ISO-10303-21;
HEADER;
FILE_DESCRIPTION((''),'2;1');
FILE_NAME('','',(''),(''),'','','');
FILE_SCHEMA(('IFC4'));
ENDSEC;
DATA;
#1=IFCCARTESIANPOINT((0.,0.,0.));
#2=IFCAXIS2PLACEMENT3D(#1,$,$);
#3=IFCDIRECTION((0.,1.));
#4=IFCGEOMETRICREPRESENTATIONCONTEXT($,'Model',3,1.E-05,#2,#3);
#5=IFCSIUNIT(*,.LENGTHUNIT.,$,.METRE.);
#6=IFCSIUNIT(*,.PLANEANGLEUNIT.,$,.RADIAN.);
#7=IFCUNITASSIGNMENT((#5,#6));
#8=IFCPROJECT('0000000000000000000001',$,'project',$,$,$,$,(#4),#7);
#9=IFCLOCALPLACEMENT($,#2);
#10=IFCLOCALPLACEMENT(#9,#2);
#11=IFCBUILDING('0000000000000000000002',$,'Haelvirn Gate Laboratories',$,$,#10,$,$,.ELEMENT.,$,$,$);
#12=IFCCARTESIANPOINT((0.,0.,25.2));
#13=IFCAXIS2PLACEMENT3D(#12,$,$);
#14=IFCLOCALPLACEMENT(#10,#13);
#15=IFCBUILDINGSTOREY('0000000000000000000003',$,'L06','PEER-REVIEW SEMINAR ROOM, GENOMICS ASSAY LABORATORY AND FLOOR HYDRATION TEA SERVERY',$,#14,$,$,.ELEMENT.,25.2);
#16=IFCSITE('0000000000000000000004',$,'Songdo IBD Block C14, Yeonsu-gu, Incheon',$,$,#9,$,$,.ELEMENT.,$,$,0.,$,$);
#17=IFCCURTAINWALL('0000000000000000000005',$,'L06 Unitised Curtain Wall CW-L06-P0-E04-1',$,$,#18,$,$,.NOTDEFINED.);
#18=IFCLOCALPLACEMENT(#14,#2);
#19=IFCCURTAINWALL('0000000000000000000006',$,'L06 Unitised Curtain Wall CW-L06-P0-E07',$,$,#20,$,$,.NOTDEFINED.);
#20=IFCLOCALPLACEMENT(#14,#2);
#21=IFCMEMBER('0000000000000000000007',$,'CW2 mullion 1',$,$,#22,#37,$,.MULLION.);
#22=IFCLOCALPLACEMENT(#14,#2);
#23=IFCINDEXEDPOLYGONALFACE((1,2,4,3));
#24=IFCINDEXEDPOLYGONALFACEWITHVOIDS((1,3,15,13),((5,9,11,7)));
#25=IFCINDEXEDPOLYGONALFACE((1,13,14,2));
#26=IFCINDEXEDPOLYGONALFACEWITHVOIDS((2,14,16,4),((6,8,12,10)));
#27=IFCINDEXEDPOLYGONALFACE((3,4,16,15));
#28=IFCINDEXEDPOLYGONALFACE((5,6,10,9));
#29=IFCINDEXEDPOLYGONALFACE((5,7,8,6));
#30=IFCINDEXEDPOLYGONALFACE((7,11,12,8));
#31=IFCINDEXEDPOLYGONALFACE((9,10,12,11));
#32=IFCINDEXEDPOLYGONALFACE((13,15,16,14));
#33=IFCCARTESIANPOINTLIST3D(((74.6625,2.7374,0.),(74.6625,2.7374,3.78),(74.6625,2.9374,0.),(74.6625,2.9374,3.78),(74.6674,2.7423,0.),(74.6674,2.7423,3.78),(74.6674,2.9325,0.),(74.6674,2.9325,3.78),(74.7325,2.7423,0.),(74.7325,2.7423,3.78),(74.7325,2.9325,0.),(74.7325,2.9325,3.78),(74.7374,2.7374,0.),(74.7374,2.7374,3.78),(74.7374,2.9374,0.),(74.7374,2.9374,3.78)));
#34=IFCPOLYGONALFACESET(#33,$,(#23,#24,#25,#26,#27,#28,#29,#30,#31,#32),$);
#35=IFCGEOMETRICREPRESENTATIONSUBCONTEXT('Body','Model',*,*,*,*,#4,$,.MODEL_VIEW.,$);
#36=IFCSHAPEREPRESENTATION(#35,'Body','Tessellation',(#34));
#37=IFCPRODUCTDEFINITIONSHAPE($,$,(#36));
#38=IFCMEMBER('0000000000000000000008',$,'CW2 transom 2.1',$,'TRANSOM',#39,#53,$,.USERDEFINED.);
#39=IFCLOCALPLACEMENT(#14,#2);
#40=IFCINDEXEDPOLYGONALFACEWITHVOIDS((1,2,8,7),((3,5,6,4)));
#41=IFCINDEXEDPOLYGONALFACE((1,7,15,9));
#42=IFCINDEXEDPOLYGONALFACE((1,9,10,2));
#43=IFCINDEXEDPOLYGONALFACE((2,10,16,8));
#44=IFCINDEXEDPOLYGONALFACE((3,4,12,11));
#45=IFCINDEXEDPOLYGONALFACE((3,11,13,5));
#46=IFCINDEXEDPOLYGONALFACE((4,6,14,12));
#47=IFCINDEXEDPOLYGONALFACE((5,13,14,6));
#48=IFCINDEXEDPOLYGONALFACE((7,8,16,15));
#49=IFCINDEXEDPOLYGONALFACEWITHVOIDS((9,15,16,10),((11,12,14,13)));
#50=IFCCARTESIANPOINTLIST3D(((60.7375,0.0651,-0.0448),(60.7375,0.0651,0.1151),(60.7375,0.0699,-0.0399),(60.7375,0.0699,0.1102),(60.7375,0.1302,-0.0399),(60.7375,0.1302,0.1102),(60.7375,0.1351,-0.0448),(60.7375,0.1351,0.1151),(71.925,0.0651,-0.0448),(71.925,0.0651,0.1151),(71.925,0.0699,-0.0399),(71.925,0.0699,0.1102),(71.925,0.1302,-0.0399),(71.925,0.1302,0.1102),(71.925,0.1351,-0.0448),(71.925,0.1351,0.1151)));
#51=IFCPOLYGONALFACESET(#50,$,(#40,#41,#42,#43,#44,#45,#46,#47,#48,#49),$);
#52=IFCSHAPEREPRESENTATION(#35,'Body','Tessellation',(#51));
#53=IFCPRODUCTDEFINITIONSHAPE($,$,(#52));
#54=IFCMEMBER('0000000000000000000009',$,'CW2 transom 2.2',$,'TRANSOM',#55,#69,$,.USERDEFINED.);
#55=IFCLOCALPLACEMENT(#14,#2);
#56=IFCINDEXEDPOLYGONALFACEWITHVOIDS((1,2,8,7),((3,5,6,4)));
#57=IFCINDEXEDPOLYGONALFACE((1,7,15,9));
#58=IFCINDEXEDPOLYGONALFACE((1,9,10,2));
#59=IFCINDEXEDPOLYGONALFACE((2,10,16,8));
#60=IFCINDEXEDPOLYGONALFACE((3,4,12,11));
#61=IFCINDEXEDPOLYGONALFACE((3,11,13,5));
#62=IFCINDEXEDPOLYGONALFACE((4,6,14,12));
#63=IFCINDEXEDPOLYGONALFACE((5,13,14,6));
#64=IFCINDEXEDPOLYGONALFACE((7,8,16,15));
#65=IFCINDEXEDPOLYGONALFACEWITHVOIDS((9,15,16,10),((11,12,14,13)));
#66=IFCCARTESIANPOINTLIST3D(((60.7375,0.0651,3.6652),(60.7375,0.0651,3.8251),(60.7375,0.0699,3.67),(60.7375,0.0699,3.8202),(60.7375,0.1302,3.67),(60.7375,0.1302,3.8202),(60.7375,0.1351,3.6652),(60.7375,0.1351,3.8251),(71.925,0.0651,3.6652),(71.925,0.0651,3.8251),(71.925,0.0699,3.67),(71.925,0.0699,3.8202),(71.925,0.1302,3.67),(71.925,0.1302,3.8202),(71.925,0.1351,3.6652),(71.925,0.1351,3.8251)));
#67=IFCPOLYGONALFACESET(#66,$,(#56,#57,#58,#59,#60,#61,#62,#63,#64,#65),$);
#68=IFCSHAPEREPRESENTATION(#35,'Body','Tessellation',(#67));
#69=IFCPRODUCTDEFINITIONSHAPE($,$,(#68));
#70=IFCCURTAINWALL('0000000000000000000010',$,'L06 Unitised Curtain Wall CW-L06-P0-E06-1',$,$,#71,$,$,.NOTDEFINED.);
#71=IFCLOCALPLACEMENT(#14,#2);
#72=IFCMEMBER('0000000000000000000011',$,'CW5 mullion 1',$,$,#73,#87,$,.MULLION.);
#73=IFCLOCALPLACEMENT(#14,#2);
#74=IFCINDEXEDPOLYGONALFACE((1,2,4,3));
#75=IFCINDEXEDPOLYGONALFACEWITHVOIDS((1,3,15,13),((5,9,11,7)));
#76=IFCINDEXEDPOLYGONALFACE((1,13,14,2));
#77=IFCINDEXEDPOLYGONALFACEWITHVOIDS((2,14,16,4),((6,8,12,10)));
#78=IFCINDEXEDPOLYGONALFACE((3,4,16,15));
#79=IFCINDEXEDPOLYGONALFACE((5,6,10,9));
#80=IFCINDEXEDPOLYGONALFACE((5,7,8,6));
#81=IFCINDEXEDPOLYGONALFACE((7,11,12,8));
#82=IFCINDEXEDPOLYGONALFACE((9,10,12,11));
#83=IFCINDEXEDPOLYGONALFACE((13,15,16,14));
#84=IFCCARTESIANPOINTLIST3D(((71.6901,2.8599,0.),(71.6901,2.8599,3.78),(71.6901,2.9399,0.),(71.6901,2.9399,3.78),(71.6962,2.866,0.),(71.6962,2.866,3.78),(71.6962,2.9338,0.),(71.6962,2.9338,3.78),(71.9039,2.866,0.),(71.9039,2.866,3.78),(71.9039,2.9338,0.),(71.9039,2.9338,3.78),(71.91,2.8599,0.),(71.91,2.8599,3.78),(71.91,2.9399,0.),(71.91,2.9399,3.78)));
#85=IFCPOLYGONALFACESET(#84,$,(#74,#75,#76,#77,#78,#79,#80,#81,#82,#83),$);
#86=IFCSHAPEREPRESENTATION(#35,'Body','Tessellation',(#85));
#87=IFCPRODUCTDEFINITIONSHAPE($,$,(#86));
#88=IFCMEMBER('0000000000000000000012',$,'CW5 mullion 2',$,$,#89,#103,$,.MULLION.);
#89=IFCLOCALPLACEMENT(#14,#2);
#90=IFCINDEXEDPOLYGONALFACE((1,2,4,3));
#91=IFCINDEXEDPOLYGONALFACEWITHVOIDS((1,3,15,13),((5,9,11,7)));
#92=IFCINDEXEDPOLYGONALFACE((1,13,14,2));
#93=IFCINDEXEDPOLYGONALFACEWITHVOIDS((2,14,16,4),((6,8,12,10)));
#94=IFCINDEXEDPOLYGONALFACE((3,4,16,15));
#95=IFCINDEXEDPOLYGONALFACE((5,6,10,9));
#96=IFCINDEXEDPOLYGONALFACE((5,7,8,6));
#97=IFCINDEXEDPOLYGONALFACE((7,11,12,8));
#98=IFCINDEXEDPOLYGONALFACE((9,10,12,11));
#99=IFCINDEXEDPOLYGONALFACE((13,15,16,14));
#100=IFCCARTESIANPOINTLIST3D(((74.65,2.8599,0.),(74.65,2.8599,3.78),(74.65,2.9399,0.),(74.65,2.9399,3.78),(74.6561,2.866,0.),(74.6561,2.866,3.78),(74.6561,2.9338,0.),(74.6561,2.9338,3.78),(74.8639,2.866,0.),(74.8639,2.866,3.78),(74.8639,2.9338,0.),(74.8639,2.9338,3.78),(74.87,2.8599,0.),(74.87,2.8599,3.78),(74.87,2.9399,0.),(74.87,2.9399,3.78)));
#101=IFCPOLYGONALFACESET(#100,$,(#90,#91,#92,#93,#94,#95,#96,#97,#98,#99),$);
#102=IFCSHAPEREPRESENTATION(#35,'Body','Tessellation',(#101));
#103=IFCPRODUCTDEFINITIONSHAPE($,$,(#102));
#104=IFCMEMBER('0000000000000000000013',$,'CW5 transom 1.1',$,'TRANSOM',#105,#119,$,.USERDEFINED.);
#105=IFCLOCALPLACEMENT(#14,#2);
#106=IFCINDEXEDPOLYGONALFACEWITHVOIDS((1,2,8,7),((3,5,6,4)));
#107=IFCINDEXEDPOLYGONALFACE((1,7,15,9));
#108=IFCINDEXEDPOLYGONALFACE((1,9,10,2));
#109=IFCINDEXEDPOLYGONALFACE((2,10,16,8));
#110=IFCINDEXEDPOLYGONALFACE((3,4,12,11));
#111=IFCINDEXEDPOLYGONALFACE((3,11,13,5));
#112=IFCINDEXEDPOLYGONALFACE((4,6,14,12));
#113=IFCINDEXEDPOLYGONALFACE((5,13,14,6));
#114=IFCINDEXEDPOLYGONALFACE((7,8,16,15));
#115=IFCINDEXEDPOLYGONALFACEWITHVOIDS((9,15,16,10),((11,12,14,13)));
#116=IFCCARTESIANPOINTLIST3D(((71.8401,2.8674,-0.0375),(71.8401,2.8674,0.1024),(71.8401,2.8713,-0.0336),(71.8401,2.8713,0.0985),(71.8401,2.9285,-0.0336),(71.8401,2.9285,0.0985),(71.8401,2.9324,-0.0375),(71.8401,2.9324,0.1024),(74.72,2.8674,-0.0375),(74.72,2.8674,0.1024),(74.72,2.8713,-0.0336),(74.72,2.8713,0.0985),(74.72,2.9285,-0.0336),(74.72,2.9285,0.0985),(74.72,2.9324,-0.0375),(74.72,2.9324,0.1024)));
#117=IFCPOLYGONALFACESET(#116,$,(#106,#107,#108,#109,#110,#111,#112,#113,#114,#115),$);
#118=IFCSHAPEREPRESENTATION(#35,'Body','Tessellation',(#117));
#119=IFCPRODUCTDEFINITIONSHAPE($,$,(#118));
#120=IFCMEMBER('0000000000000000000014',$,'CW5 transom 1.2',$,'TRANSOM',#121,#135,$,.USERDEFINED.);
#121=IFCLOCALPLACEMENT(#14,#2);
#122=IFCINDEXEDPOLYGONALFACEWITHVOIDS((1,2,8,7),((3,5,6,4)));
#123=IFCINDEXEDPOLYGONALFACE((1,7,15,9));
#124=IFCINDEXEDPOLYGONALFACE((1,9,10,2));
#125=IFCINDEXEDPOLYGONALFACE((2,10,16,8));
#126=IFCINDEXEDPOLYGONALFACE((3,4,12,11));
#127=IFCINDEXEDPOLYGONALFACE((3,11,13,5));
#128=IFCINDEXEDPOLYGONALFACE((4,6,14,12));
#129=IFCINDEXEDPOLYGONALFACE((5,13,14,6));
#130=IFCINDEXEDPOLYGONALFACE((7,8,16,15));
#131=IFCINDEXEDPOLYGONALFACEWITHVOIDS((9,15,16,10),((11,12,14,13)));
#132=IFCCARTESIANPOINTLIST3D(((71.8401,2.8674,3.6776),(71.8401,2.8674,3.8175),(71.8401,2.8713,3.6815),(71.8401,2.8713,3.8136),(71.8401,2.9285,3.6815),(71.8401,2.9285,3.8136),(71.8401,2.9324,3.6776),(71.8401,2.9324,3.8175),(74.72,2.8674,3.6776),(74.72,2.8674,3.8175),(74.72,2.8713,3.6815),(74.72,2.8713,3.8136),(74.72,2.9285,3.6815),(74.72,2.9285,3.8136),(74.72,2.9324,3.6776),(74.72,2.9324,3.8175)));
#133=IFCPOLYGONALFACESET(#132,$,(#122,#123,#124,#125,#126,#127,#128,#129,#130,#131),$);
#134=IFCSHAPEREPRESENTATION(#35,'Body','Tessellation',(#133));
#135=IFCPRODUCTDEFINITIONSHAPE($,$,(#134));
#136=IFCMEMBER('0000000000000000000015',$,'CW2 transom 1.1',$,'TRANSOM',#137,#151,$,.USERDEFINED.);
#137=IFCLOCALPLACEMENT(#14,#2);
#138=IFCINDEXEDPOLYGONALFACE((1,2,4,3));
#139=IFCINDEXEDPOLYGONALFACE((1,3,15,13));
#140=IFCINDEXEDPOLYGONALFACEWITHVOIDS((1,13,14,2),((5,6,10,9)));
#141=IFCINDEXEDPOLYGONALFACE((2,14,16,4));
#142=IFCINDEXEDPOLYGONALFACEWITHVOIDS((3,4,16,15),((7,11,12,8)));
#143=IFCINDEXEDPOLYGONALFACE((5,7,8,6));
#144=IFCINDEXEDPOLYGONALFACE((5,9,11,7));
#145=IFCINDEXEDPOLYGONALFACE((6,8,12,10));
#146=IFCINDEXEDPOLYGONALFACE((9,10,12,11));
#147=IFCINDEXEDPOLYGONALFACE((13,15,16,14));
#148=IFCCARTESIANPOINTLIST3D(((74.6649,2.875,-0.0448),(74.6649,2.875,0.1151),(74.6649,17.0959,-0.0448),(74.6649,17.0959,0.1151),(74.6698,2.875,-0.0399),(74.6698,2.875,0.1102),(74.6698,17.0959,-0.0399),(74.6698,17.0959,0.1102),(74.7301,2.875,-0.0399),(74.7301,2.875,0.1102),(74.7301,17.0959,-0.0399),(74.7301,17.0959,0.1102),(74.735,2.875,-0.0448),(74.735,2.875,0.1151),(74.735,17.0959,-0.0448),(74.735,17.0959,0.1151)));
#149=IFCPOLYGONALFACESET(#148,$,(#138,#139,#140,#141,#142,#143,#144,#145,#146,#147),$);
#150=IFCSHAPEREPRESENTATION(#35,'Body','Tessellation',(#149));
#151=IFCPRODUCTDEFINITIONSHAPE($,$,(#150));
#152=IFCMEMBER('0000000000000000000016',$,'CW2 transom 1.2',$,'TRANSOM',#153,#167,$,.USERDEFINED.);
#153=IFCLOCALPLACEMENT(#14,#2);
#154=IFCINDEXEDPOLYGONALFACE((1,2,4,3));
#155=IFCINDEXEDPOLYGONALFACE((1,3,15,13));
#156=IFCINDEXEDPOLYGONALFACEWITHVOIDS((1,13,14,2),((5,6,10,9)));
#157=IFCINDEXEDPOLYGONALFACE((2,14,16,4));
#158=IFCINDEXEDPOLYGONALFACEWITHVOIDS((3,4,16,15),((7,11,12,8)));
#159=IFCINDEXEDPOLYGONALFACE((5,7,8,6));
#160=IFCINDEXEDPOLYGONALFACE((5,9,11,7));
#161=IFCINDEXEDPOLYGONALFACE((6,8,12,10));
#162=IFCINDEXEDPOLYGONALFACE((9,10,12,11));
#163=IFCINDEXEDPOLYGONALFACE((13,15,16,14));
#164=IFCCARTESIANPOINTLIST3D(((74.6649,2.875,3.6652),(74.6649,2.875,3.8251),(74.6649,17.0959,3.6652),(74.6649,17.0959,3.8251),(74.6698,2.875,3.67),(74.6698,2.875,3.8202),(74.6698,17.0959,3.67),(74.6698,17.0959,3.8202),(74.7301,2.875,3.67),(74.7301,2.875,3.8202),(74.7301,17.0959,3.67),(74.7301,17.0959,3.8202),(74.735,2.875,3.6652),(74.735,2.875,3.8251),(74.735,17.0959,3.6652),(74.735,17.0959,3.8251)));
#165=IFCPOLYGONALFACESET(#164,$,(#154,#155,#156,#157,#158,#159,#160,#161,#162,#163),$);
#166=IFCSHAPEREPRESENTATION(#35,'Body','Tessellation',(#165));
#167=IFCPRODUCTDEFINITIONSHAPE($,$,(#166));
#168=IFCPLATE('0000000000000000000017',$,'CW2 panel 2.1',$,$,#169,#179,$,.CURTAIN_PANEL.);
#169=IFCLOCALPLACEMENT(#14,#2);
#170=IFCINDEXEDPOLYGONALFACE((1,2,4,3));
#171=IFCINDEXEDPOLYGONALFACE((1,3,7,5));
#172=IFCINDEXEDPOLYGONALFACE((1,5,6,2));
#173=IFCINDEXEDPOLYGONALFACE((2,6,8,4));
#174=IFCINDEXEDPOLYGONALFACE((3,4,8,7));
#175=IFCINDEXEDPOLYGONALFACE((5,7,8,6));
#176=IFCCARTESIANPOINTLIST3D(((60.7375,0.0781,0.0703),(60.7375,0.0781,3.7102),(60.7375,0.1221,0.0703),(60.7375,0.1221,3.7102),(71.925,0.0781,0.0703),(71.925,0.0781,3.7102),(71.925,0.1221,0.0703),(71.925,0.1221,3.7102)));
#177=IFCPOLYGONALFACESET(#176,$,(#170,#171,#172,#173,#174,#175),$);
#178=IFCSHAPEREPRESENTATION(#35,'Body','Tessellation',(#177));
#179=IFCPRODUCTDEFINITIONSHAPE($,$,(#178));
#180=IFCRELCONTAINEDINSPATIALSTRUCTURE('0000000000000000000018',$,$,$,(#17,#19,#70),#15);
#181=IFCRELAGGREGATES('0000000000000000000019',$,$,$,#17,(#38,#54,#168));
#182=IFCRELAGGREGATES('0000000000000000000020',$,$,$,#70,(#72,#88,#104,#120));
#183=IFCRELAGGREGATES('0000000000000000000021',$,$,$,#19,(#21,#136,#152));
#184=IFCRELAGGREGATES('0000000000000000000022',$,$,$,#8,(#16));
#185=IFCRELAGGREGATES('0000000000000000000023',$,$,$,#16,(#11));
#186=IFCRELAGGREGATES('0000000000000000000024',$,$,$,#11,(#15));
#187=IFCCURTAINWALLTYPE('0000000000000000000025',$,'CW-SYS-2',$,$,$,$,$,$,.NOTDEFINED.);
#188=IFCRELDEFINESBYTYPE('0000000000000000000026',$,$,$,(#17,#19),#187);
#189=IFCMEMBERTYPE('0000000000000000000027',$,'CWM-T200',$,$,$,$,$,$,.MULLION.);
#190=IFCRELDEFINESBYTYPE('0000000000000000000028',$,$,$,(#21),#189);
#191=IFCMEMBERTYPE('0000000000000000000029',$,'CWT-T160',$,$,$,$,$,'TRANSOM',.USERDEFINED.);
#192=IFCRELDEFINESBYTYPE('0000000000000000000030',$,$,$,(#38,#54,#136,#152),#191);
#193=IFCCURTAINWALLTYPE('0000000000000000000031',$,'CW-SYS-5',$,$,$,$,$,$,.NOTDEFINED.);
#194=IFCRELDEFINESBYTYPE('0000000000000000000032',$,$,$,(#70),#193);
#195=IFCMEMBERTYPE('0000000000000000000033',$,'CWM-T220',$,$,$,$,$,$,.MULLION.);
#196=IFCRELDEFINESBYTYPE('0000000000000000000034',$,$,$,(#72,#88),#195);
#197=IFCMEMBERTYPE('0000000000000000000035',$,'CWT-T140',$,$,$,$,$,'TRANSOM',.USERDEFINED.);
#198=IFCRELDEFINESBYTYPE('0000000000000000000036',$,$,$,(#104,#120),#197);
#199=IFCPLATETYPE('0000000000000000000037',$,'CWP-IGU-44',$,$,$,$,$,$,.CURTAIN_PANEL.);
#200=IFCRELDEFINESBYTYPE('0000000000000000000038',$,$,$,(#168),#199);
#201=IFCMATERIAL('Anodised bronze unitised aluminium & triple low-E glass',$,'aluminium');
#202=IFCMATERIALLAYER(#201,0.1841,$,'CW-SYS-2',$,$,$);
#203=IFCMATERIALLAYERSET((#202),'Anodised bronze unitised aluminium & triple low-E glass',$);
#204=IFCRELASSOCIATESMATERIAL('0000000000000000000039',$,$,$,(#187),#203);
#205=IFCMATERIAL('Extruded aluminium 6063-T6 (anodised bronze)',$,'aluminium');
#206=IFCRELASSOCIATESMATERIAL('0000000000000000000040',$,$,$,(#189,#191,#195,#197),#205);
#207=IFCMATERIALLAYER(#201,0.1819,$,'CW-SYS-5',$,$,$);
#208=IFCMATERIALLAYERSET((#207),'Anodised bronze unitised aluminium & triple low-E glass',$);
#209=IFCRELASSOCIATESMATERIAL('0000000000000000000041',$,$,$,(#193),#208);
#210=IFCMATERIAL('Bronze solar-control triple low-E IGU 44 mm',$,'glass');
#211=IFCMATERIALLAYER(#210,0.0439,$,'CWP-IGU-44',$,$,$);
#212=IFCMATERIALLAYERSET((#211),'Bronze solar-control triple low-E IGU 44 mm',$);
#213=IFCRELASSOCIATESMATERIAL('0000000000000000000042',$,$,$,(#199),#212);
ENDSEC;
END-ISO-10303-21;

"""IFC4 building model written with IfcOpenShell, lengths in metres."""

from ifc_helpers import new_model, si_unit, direction, frame, origin, origin_2d, place, context, subcontext, project, spatial, rectangle, hollow_rectangle, extrude, source, transform, mapped, material, layer, layer_set, material_profile, profile_set, type_object, type_shapes, element, aggregate, save


model = new_model("IFC4")

# Units and contexts
model_context = context("Model", 3, precision=1e-05, world=origin(), true_north=direction((0.0, 1.0)))
body_context = subcontext(model_context, "Body", "Model", "MODEL_VIEW")
ifc_project = project(units=[si_unit("LENGTHUNIT", "METRE"), si_unit("PLANEANGLEUNIT", "RADIAN")], contexts=[model_context])

# Site, building, storey
site_placement = place(None, origin())
site = spatial("IfcSite", under=ifc_project, at=site_placement, Name="Songdo IBD Block C14, Yeonsu-gu, Incheon", CompositionType="ELEMENT", RefElevation=0.0)
building_placement = place(site_placement, origin())
building = spatial("IfcBuilding", under=site, at=building_placement, Name="Haelvirn Gate Laboratories", CompositionType="ELEMENT")
storey_placement = place(building_placement, frame((0.0, 0.0, 25.2)))
storey = spatial("IfcBuildingStorey", under=building, at=storey_placement, Name="L06", Description="PEER-REVIEW SEMINAR ROOM, GENOMICS ASSAY LABORATORY AND FLOOR HYDRATION TEA SERVERY", CompositionType="ELEMENT", Elevation=25.2)

# Curtain wall
ifc_material_1 = material(Name="Anodised bronze unitised aluminium & triple low-E glass", Category="aluminium")
ifc_layer_1 = layer(ifc_material_1, 0.1841, Name="CW-SYS-2")
ifc_layer_set_1 = layer_set([ifc_layer_1], Name="Anodised bronze unitised aluminium & triple low-E glass")
curtain_wall_type_1 = type_object("IfcCurtainWallType", Name="CW-SYS-2", PredefinedType="NOTDEFINED", material=ifc_layer_set_1)
curtain_wall_1_placement = place(storey_placement, origin())
curtain_wall_1 = element("IfcCurtainWall", 1, at=curtain_wall_1_placement, inside=storey, type_object=curtain_wall_type_1, Name="L06 Unitised Curtain Wall CW-L06-P0-E04-1", PredefinedType="NOTDEFINED")
ifc_material_2 = material(Name="Extruded aluminium 6063-T6 (anodised bronze)", Category="aluminium")
ifc_material_profile_1 = material_profile(ifc_material_2, hollow_rectangle(XDim=0.075, YDim=0.2, WallThickness=0.0049, at=origin_2d()), Name="CWM-200x75x5")
ifc_profile_set_1 = profile_set([ifc_material_profile_1], Name="Extruded aluminium 6063-T6 (anodised bronze)")
member_type_1 = type_object("IfcMemberType", Name="CWM-T200", PredefinedType="MULLION", material=ifc_profile_set_1)
shared_shape_1 = source(origin(), body_context, "Body", "SweptSolid", [
    extrude(hollow_rectangle(XDim=0.075, YDim=0.2, WallThickness=0.0049, at=origin_2d()), origin(), (0.0, 0.0, 1.0), 3.78),
])
type_shapes(member_type_1, [shared_shape_1])

# Curtain wall, member
curtain_wall_2_placement = place(storey_placement, origin())
curtain_wall_2 = element("IfcCurtainWall", 2, at=curtain_wall_2_placement, inside=storey, type_object=curtain_wall_type_1, Name="L06 Unitised Curtain Wall CW-L06-P0-E07", PredefinedType="NOTDEFINED")
member_1_placement = place(storey_placement, frame((74.7, 2.8374, 0.0), z_axis=(0.0, 0.0, 1.0), x_axis=(-1.0, 0.0, 0.0)))
member_1 = element("IfcMember", 3, at=member_1_placement, type_object=member_type_1, Name="CW2 mullion 1", PredefinedType="MULLION", context=body_context, shape_type="MappedRepresentation", body=[
    mapped(shared_shape_1, transform((0.0, 0.0, 0.0), scale=1.0)),
])

# Members
ifc_material_profile_2 = material_profile(ifc_material_2, hollow_rectangle(XDim=0.0701, YDim=0.1599, WallThickness=0.0049, at=origin_2d()), Name="CWT-160x70x5")
ifc_profile_set_2 = profile_set([ifc_material_profile_2], Name="Extruded aluminium 6063-T6 (anodised bronze)")
member_type_2 = type_object("IfcMemberType", Name="CWT-T160", ElementType="TRANSOM", PredefinedType="USERDEFINED", material=ifc_profile_set_2)
shared_shape_2 = source(origin(), body_context, "Body", "SweptSolid", [
    extrude(hollow_rectangle(XDim=0.0701, YDim=0.1599, WallThickness=0.0049, at=origin_2d()), origin(), (0.0, 0.0, 1.0), 11.1875),
])
member_2_placement = place(storey_placement, frame((60.7375, 0.1001, 0.0352), z_axis=(1.0, 0.0, 0.0), x_axis=(0.0, 1.0, 0.0)))
member_2 = element("IfcMember", 4, at=member_2_placement, type_object=member_type_2, Name="CW2 transom 2.1", ObjectType="TRANSOM", PredefinedType="USERDEFINED", context=body_context, shape_type="MappedRepresentation", body=[
    mapped(shared_shape_2, transform((0.0, 0.0, 0.0), scale=1.0)),
])
member_3_placement = place(storey_placement, frame((60.7375, 0.1001, 3.7451), z_axis=(1.0, 0.0, 0.0), x_axis=(0.0, 1.0, 0.0)))
member_3 = element("IfcMember", 5, at=member_3_placement, type_object=member_type_2, Name="CW2 transom 2.2", ObjectType="TRANSOM", PredefinedType="USERDEFINED", context=body_context, shape_type="MappedRepresentation", body=[
    mapped(shared_shape_2, transform((0.0, 0.0, 0.0), scale=1.0)),
])

# Curtain wall, members
ifc_layer_2 = layer(ifc_material_1, 0.1819, Name="CW-SYS-5")
ifc_layer_set_2 = layer_set([ifc_layer_2], Name="Anodised bronze unitised aluminium & triple low-E glass")
curtain_wall_type_2 = type_object("IfcCurtainWallType", Name="CW-SYS-5", PredefinedType="NOTDEFINED", material=ifc_layer_set_2)
curtain_wall_3_placement = place(storey_placement, origin())
curtain_wall_3 = element("IfcCurtainWall", 6, at=curtain_wall_3_placement, inside=storey, type_object=curtain_wall_type_2, Name="L06 Unitised Curtain Wall CW-L06-P0-E06-1", PredefinedType="NOTDEFINED")
ifc_material_profile_3 = material_profile(ifc_material_2, hollow_rectangle(XDim=0.0801, YDim=0.22, WallThickness=0.0061, at=origin_2d()), Name="CWM-220x80x6")
ifc_profile_set_3 = profile_set([ifc_material_profile_3], Name="Extruded aluminium 6063-T6 (anodised bronze)")
member_type_3 = type_object("IfcMemberType", Name="CWM-T220", PredefinedType="MULLION", material=ifc_profile_set_3)
shared_shape_3 = source(origin(), body_context, "Body", "SweptSolid", [
    extrude(hollow_rectangle(XDim=0.0801, YDim=0.22, WallThickness=0.0061, at=origin_2d()), origin(), (0.0, 0.0, 1.0), 3.78),
])
type_shapes(member_type_3, [shared_shape_3])
member_4_placement = place(storey_placement, frame((71.8, 2.8999, 0.0), z_axis=(0.0, 0.0, 1.0), x_axis=(0.0, 1.0, 0.0)))
member_4 = element("IfcMember", 7, at=member_4_placement, type_object=member_type_3, Name="CW5 mullion 1", PredefinedType="MULLION", context=body_context, shape_type="MappedRepresentation", body=[
    mapped(shared_shape_3, transform((0.0, 0.0, 0.0), scale=1.0)),
])
member_5_placement = place(storey_placement, frame((74.76, 2.8999, 0.0), z_axis=(0.0, 0.0, 1.0), x_axis=(0.0, 1.0, 0.0)))
member_5 = element("IfcMember", 8, at=member_5_placement, type_object=member_type_3, Name="CW5 mullion 2", PredefinedType="MULLION", context=body_context, shape_type="MappedRepresentation", body=[
    mapped(shared_shape_3, transform((0.0, 0.0, 0.0), scale=1.0)),
])
ifc_material_profile_4 = material_profile(ifc_material_2, hollow_rectangle(XDim=0.0649, YDim=0.1399, WallThickness=0.0039, at=origin_2d()), Name="CWT-140x65x4")
ifc_profile_set_4 = profile_set([ifc_material_profile_4], Name="Extruded aluminium 6063-T6 (anodised bronze)")
member_type_4 = type_object("IfcMemberType", Name="CWT-T140", ElementType="TRANSOM", PredefinedType="USERDEFINED", material=ifc_profile_set_4)
shared_shape_4 = source(origin(), body_context, "Body", "SweptSolid", [
    extrude(hollow_rectangle(XDim=0.0649, YDim=0.1399, WallThickness=0.0039, at=origin_2d()), origin(), (0.0, 0.0, 1.0), 2.8799),
])
type_shapes(member_type_4, [shared_shape_4])
member_6_placement = place(storey_placement, frame((71.8401, 2.8999, 0.0325), z_axis=(1.0, 0.0, 0.0), x_axis=(0.0, 1.0, 0.0)))
member_6 = element("IfcMember", 9, at=member_6_placement, type_object=member_type_4, Name="CW5 transom 1.1", ObjectType="TRANSOM", PredefinedType="USERDEFINED", context=body_context, shape_type="MappedRepresentation", body=[
    mapped(shared_shape_4, transform((0.0, 0.0, 0.0), scale=1.0)),
])
member_7_placement = place(storey_placement, frame((71.8401, 2.8999, 3.7476), z_axis=(1.0, 0.0, 0.0), x_axis=(0.0, 1.0, 0.0)))
member_7 = element("IfcMember", 10, at=member_7_placement, type_object=member_type_4, Name="CW5 transom 1.2", ObjectType="TRANSOM", PredefinedType="USERDEFINED", context=body_context, shape_type="MappedRepresentation", body=[
    mapped(shared_shape_4, transform((0.0, 0.0, 0.0), scale=1.0)),
])

# Members
shared_shape_5 = source(origin(), body_context, "Body", "SweptSolid", [
    extrude(hollow_rectangle(XDim=0.0701, YDim=0.1599, WallThickness=0.0049, at=origin_2d()), origin(), (0.0, 0.0, 1.0), 14.2209),
])
type_shapes(member_type_2, [shared_shape_2, shared_shape_5])
member_8_placement = place(storey_placement, frame((74.7, 2.875, 0.0352), z_axis=(0.0, 1.0, 0.0), x_axis=(-1.0, 0.0, 0.0)))
member_8 = element("IfcMember", 11, at=member_8_placement, type_object=member_type_2, Name="CW2 transom 1.1", ObjectType="TRANSOM", PredefinedType="USERDEFINED", context=body_context, shape_type="MappedRepresentation", body=[
    mapped(shared_shape_5, transform((0.0, 0.0, 0.0), scale=1.0)),
])
member_9_placement = place(storey_placement, frame((74.7, 2.875, 3.7451), z_axis=(0.0, 1.0, 0.0), x_axis=(-1.0, 0.0, 0.0)))
member_9 = element("IfcMember", 12, at=member_9_placement, type_object=member_type_2, Name="CW2 transom 1.2", ObjectType="TRANSOM", PredefinedType="USERDEFINED", context=body_context, shape_type="MappedRepresentation", body=[
    mapped(shared_shape_5, transform((0.0, 0.0, 0.0), scale=1.0)),
])

# Plate
ifc_material_3 = material(Name="Bronze solar-control triple low-E IGU 44 mm", Category="glass")
ifc_layer_3 = layer(ifc_material_3, 0.0439, Name="CWP-IGU-44")
ifc_layer_set_3 = layer_set([ifc_layer_3], Name="Bronze solar-control triple low-E IGU 44 mm")
plate_type_1 = type_object("IfcPlateType", Name="CWP-IGU-44", PredefinedType="CURTAIN_PANEL", material=ifc_layer_set_3)
shared_shape_6 = source(origin(), body_context, "Body", "SweptSolid", [
    extrude(rectangle(XDim=11.1875, YDim=0.0439, at=origin_2d()), origin(), (0.0, 0.0, 1.0), 3.6399),
])
plate_1_placement = place(storey_placement, frame((66.3313, 0.1001, 0.0703), z_axis=(0.0, 0.0, 1.0), x_axis=(1.0, 0.0, 0.0)))
plate_1 = element("IfcPlate", 13, at=plate_1_placement, type_object=plate_type_1, Name="CW2 panel 2.1", PredefinedType="CURTAIN_PANEL", context=body_context, shape_type="MappedRepresentation", body=[
    mapped(shared_shape_6, transform((0.0, 0.0, 0.0), scale=1.0)),
])
aggregate(curtain_wall_1, [member_2, member_3, plate_1])
aggregate(curtain_wall_3, [member_4, member_5, member_6, member_7])
aggregate(curtain_wall_2, [member_1, member_8, member_9])

save(model, "model.ifc")
